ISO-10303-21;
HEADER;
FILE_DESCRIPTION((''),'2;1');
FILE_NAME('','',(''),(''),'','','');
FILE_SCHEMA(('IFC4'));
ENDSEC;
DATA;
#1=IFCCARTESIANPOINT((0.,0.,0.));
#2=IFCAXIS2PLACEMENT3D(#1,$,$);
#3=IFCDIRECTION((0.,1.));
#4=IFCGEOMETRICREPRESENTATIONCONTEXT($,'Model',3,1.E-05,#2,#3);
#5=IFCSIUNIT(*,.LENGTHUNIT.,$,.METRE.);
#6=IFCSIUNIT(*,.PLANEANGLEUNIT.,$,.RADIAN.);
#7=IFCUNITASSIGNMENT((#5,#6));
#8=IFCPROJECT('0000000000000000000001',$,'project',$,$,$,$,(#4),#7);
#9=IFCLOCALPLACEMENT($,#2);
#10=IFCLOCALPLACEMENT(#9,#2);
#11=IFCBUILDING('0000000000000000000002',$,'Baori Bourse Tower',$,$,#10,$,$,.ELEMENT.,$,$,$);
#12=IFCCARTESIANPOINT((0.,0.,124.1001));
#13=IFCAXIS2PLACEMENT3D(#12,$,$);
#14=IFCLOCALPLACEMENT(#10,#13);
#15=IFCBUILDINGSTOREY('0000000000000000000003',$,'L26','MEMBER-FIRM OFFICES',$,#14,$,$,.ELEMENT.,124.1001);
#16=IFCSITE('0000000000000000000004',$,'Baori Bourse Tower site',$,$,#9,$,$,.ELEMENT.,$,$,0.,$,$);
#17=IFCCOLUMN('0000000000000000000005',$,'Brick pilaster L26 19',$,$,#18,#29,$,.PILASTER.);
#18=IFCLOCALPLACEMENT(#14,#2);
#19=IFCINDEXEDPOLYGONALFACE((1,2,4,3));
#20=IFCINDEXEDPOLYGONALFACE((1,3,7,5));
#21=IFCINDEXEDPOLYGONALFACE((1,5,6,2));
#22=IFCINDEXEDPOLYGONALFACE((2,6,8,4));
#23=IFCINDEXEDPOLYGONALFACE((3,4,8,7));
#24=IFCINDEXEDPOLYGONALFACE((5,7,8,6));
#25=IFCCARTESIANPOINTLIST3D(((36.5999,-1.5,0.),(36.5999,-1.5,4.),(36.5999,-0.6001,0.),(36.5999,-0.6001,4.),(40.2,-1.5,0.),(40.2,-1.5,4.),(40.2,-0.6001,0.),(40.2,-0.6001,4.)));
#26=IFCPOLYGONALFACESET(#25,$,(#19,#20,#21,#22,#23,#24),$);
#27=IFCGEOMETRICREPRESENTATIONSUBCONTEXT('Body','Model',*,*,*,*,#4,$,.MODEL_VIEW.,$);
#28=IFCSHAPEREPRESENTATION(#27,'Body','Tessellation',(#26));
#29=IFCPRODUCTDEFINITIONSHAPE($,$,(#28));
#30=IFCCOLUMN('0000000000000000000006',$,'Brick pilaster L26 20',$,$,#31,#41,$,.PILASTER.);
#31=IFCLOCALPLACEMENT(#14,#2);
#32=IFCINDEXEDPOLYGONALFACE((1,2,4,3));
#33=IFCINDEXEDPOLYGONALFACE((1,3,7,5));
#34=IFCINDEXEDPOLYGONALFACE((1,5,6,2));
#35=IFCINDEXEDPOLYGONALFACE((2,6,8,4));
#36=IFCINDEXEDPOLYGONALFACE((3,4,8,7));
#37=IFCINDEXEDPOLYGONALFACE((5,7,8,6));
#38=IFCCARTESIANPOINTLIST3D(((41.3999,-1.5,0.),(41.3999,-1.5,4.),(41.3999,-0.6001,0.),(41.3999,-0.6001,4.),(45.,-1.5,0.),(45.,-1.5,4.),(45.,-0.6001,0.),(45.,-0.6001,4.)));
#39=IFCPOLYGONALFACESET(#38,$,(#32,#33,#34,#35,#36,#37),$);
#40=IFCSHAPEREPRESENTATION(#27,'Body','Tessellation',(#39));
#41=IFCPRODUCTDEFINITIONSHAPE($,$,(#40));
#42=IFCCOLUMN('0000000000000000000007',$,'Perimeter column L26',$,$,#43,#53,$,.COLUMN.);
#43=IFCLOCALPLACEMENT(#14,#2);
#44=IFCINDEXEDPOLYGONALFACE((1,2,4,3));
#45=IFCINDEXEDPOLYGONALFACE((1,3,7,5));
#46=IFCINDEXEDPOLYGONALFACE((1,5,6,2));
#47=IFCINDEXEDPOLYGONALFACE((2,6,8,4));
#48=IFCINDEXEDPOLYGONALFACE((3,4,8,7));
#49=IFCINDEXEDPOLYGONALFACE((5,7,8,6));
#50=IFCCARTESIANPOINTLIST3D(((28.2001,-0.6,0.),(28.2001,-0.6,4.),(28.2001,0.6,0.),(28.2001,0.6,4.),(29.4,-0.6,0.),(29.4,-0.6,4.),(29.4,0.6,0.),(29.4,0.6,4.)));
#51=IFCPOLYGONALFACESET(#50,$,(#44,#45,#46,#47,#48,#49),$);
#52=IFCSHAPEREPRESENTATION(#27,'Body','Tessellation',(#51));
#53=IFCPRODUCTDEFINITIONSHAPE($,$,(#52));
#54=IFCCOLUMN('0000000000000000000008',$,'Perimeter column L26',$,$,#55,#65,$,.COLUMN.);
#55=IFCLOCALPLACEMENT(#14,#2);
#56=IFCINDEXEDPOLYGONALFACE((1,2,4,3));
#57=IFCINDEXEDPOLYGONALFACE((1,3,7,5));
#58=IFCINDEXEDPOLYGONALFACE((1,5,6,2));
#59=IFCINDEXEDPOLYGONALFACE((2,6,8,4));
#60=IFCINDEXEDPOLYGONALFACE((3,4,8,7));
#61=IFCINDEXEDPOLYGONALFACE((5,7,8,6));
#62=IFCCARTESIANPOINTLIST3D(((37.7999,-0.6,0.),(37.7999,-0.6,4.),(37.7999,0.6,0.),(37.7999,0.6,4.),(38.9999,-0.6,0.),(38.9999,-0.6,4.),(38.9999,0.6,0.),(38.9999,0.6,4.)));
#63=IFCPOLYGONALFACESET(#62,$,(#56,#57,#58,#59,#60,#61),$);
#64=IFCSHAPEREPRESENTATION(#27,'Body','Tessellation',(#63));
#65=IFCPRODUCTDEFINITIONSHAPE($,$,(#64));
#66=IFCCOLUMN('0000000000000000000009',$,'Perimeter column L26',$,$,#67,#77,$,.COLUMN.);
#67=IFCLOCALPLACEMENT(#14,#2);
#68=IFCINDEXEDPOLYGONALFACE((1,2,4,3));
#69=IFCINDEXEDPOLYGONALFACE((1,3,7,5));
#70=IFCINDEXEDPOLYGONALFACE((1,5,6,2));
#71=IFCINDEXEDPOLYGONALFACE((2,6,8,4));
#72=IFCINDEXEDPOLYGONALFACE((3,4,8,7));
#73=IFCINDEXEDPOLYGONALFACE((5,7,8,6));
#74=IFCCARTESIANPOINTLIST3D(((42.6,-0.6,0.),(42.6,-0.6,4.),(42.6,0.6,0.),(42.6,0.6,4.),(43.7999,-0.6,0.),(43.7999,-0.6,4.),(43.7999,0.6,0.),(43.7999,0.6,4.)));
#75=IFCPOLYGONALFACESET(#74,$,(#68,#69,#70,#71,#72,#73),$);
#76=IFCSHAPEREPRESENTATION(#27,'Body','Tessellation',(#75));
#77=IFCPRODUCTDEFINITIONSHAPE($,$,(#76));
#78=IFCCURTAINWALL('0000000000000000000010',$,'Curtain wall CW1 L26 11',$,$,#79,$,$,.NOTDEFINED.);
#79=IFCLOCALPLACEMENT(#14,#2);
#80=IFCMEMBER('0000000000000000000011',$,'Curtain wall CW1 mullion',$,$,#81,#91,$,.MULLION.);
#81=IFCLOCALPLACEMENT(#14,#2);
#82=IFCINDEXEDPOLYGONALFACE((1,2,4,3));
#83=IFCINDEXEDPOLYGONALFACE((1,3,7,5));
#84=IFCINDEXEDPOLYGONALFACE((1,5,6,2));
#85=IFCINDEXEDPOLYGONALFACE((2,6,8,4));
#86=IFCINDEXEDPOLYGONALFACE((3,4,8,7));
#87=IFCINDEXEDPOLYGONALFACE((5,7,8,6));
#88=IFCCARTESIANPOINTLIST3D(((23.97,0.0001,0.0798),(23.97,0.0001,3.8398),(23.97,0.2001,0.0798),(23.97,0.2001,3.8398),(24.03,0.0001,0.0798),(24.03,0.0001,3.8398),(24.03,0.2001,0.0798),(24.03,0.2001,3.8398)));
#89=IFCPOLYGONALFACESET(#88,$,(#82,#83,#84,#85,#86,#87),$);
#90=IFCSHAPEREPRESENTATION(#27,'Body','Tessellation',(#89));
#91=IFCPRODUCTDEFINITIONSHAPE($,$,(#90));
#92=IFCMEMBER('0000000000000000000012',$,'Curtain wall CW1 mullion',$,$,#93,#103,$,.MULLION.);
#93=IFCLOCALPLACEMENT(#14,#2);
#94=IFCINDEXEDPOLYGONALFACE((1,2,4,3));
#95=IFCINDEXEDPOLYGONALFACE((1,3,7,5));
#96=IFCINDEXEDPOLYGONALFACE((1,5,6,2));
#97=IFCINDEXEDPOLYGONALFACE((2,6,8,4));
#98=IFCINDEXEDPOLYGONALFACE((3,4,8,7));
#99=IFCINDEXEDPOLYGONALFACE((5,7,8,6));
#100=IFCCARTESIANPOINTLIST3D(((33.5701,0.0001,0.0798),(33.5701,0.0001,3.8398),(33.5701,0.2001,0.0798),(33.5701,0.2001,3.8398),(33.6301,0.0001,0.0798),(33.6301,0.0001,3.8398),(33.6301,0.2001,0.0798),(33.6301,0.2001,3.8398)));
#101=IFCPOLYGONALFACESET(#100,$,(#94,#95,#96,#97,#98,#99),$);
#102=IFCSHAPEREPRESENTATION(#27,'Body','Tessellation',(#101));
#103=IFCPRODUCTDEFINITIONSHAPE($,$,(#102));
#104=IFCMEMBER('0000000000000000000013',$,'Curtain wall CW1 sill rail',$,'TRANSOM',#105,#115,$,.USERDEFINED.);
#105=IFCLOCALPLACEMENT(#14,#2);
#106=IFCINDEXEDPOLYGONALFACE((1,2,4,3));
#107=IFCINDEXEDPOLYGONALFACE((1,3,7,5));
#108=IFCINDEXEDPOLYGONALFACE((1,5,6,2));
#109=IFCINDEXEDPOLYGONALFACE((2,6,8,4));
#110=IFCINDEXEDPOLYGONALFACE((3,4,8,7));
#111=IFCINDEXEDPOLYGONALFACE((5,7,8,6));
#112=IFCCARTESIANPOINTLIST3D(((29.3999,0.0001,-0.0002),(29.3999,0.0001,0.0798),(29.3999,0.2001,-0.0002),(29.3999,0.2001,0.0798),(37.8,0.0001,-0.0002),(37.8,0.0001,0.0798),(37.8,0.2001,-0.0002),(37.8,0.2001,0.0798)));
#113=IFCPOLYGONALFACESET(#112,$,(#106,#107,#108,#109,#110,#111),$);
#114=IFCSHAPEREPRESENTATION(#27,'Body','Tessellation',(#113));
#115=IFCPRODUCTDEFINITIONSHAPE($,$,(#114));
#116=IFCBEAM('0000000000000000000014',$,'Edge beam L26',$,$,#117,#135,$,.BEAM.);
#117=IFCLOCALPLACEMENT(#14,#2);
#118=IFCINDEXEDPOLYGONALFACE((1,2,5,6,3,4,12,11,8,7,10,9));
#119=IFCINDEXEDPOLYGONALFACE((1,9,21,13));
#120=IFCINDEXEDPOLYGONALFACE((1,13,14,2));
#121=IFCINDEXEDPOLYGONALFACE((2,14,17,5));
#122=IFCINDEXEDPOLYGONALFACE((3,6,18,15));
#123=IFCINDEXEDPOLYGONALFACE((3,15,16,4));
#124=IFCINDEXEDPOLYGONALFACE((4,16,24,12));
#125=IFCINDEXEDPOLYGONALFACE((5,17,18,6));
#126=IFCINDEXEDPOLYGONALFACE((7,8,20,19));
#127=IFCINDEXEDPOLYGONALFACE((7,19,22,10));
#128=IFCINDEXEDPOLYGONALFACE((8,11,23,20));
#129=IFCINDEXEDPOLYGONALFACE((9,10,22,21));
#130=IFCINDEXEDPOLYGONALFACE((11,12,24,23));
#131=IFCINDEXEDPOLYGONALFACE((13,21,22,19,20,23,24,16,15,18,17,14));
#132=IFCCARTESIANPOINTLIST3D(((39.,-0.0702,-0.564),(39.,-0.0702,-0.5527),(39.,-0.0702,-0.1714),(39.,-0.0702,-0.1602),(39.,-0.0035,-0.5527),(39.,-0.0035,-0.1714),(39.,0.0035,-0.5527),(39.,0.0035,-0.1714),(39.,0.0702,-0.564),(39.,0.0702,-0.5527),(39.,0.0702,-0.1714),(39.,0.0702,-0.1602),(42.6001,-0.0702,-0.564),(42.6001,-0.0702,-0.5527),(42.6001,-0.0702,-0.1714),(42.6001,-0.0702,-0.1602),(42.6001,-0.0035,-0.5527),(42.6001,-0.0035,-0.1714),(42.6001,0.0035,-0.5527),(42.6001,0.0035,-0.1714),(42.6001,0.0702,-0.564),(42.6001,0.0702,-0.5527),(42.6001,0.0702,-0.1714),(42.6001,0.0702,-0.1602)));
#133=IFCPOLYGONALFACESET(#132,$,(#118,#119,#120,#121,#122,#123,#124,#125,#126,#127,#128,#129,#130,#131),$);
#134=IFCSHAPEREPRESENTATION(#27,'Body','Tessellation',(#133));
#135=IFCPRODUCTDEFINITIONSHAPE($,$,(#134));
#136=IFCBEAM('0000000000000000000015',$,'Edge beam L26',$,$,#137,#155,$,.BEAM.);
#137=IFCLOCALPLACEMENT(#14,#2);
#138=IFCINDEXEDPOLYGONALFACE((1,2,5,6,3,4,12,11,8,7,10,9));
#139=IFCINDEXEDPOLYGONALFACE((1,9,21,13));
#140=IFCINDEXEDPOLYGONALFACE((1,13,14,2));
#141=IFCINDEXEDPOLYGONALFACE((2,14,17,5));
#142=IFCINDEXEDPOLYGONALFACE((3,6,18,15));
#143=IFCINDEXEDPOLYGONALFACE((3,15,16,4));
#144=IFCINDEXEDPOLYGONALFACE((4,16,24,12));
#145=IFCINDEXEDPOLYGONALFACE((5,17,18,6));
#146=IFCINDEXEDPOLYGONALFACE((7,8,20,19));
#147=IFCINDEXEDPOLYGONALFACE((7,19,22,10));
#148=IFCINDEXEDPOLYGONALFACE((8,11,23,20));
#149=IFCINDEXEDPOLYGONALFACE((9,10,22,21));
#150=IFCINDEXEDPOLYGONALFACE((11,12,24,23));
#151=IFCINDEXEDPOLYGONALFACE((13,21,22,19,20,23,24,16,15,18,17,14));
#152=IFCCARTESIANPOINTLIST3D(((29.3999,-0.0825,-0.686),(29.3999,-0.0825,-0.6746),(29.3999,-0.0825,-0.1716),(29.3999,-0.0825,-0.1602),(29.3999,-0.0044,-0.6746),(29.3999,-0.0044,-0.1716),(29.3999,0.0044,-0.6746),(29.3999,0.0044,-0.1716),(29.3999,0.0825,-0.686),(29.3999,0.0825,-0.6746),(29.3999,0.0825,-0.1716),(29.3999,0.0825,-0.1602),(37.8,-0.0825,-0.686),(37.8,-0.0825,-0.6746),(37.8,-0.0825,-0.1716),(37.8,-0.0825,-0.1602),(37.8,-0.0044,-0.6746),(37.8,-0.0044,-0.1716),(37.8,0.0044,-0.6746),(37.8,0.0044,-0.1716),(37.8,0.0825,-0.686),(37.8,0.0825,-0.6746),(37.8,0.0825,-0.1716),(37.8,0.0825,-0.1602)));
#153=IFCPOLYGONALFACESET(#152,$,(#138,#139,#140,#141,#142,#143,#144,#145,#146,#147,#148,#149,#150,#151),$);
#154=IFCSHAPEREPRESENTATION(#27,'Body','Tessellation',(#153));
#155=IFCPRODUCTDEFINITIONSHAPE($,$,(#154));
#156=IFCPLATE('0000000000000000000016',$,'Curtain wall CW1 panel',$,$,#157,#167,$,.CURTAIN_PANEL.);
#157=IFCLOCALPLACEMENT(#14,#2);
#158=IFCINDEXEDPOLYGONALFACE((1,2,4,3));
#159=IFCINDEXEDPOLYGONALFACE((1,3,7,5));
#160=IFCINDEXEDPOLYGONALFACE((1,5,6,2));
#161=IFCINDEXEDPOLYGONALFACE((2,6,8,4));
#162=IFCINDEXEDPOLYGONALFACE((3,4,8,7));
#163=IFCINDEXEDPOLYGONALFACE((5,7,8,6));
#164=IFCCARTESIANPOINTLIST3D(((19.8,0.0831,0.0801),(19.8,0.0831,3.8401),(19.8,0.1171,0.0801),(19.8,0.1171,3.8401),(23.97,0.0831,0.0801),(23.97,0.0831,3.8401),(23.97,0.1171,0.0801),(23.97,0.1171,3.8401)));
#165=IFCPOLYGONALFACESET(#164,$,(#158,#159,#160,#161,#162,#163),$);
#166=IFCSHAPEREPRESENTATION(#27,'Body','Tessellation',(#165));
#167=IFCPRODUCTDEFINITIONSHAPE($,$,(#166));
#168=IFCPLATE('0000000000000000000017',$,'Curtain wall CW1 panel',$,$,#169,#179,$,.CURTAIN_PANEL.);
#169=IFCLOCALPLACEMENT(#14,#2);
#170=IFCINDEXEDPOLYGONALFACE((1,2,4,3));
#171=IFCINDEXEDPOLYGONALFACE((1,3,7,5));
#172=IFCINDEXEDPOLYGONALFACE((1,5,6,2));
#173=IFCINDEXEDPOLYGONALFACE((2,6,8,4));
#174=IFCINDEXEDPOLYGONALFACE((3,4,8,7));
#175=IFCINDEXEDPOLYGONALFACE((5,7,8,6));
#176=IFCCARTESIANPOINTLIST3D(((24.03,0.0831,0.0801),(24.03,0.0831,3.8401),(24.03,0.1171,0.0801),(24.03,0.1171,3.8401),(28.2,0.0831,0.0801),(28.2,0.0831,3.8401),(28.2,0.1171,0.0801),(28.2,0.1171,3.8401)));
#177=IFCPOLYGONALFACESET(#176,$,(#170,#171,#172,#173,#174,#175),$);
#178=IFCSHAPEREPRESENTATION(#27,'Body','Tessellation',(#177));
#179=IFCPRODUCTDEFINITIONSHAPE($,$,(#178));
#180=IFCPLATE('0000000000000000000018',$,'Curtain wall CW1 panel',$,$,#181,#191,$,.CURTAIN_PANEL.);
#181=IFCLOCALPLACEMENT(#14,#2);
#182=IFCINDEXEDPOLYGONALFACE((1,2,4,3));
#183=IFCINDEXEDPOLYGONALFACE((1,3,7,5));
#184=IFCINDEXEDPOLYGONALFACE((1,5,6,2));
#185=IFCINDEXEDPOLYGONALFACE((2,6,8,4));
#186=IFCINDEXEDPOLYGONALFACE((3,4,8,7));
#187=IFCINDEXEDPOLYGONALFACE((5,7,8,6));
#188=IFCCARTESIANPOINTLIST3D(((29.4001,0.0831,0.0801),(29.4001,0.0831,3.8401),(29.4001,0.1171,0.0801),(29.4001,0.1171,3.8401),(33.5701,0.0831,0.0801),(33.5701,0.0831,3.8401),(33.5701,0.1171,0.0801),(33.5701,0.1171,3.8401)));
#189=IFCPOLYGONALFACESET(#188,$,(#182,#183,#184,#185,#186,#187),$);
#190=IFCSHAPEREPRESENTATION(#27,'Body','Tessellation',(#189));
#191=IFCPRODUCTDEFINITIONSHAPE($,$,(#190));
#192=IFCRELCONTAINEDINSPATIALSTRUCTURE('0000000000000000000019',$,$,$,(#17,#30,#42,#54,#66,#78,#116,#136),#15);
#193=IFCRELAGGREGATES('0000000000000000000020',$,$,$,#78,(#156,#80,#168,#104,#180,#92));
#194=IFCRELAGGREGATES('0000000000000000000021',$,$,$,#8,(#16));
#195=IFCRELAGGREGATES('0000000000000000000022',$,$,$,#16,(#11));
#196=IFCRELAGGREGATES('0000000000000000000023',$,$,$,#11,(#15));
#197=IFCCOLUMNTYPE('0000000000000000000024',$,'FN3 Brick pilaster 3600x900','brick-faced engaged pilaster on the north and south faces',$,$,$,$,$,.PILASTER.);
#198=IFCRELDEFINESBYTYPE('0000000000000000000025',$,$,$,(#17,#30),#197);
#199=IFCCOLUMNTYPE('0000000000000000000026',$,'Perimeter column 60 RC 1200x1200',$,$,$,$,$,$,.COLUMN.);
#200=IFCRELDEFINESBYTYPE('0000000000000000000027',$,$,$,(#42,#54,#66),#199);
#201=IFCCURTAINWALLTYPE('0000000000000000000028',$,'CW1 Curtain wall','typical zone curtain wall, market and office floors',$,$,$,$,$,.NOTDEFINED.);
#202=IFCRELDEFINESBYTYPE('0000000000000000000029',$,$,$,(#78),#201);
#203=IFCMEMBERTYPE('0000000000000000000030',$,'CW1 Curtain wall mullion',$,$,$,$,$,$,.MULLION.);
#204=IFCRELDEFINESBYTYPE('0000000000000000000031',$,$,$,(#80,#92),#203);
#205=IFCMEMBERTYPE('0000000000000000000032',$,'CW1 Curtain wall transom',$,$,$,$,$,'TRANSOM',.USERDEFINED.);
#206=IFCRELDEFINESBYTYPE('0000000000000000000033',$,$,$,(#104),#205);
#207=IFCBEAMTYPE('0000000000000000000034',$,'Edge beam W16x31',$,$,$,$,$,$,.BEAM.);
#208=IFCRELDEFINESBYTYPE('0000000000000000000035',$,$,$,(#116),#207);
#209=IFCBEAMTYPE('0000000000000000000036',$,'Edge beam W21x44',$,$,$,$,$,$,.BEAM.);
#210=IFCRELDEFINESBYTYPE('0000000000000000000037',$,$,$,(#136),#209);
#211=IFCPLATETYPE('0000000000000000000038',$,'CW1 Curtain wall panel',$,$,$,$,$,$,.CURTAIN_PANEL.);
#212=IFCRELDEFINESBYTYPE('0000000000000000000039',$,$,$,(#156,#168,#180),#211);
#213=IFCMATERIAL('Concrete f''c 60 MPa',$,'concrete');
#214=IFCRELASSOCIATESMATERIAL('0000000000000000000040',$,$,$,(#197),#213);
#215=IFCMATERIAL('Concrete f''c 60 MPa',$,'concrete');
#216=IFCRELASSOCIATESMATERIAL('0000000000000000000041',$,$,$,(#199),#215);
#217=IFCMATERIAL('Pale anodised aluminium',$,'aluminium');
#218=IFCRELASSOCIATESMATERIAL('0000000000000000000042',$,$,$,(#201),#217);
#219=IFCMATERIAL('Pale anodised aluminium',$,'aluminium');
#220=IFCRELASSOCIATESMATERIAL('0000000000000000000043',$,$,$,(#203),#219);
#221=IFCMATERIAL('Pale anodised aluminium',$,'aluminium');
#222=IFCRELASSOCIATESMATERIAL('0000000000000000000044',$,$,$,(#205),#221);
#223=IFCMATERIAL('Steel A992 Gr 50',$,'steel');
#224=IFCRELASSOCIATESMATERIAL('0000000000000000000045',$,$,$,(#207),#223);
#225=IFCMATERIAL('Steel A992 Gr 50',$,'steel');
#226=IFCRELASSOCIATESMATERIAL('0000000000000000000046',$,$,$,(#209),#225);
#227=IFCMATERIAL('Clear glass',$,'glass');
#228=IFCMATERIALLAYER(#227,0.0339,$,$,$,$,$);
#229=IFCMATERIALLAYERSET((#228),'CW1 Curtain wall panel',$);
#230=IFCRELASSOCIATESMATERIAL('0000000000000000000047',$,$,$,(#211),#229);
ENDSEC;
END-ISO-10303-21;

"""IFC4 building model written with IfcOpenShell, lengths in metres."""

from ifc_helpers import new_model, si_unit, direction, frame, origin, origin_2d, place, context, subcontext, project, spatial, rectangle, i_section, extrude, material, layer, layer_set, material_profile, profile_set, type_object, element, aggregate, save


model = new_model("IFC4")

# Units and contexts
model_context = context("Model", 3, precision=1e-05, world=origin(), true_north=direction((0.0, 1.0)))
body_context = subcontext(model_context, "Body", "Model", "MODEL_VIEW")
ifc_project = project(units=[si_unit("LENGTHUNIT", "METRE"), si_unit("PLANEANGLEUNIT", "RADIAN")], contexts=[model_context])

# Site, building, storey
site_placement = place(None, origin())
site = spatial("IfcSite", under=ifc_project, at=site_placement, Name="Baori Bourse Tower site", CompositionType="ELEMENT", RefElevation=0.0)
building_placement = place(site_placement, origin())
building = spatial("IfcBuilding", under=site, at=building_placement, Name="Baori Bourse Tower", CompositionType="ELEMENT")
storey_placement = place(building_placement, frame((0.0, 0.0, 124.1001)))
storey = spatial("IfcBuildingStorey", under=building, at=storey_placement, Name="L26", Description="MEMBER-FIRM OFFICES", CompositionType="ELEMENT", Elevation=124.1001)

# Columns
ifc_material_1 = material(Name="Concrete f'c 60 MPa", Category="concrete")
ifc_material_profile_1 = material_profile(ifc_material_1, rectangle(XDim=3.6001, YDim=0.8999, at=origin_2d()), Name="RC 3600x900")
ifc_profile_set_1 = profile_set([ifc_material_profile_1], Name="Concrete f'c 60 MPa")
column_type_1 = type_object("IfcColumnType", Name="FN3 Brick pilaster 3600x900", Description="brick-faced engaged pilaster on the north and south faces", PredefinedType="PILASTER", material=ifc_profile_set_1)
for number, where, z_axis, x_axis, name in (
    (1, (38.3999, -1.05, 0.0), (0.0, 0.0, 1.0), (1.0, 0.0, 0.0), "Brick pilaster L26 19"),
    (2, (43.2, -1.05, 0.0), (0.0, 0.0, 1.0), (1.0, 0.0, 0.0), "Brick pilaster L26 20"),
):
    element("IfcColumn", number, at=place(storey_placement, frame(where, z_axis=z_axis, x_axis=x_axis)), inside=storey, type_object=column_type_1, Name=name, PredefinedType="PILASTER", context=body_context, shape_type="SweptSolid", body=[
        extrude(rectangle(XDim=3.6001, YDim=0.8999, at=origin_2d()), origin(), (0.0, 0.0, 1.0), 4.0),
    ])
ifc_material_2 = material(Name="Concrete f'c 60 MPa", Category="concrete")
ifc_material_profile_2 = material_profile(ifc_material_2, rectangle(XDim=1.2, YDim=1.2, at=origin_2d()), Name="RC 1200x1200")
ifc_profile_set_2 = profile_set([ifc_material_profile_2], Name="Concrete f'c 60 MPa")
column_type_2 = type_object("IfcColumnType", Name="Perimeter column 60 RC 1200x1200", PredefinedType="COLUMN", material=ifc_profile_set_2)
for number, where, z_axis, x_axis, name in (
    (3, (28.8, 0.0, 0.0), (0.0, 0.0, 1.0), (1.0, 0.0, 0.0), "Perimeter column L26"),
    (4, (38.3999, 0.0, 0.0), (0.0, 0.0, 1.0), (1.0, 0.0, 0.0), "Perimeter column L26"),
    (5, (43.2, 0.0, 0.0), (0.0, 0.0, 1.0), (1.0, 0.0, 0.0), "Perimeter column L26"),
):
    element("IfcColumn", number, at=place(storey_placement, frame(where, z_axis=z_axis, x_axis=x_axis)), inside=storey, type_object=column_type_2, Name=name, PredefinedType="COLUMN", context=body_context, shape_type="SweptSolid", body=[
        extrude(rectangle(XDim=1.2, YDim=1.2, at=origin_2d()), origin(), (0.0, 0.0, 1.0), 4.0),
    ])

# Curtain wall, members
ifc_material_3 = material(Name="Pale anodised aluminium", Category="aluminium")
curtain_wall_type = type_object("IfcCurtainWallType", Name="CW1 Curtain wall", Description="typical zone curtain wall, market and office floors", PredefinedType="NOTDEFINED", material=ifc_material_3)
curtain_wall_placement = place(storey_placement, origin())
curtain_wall = element("IfcCurtainWall", 6, at=curtain_wall_placement, inside=storey, type_object=curtain_wall_type, Name="Curtain wall CW1 L26 11", PredefinedType="NOTDEFINED")
ifc_material_4 = material(Name="Pale anodised aluminium", Category="aluminium")
ifc_material_profile_3 = material_profile(ifc_material_4, rectangle(XDim=0.2, YDim=0.0601, at=origin_2d()), Name="Mullion 60x200")
ifc_profile_set_3 = profile_set([ifc_material_profile_3], Name="Pale anodised aluminium")
member_type_1 = type_object("IfcMemberType", Name="CW1 Curtain wall mullion", PredefinedType="MULLION", material=ifc_profile_set_3)
member_1_placement = place(storey_placement, frame((24.0, 0.1001, 0.0798), z_axis=(0.0, 0.0, 1.0), x_axis=(0.0, 1.0, 0.0)))
member_1 = element("IfcMember", 7, at=member_1_placement, type_object=member_type_1, Name="Curtain wall CW1 mullion", PredefinedType="MULLION", context=body_context, shape_type="SweptSolid", body=[
    extrude(rectangle(XDim=0.2, YDim=0.0601, at=origin_2d()), origin(), (0.0, 0.0, 1.0), 3.76),
])
member_2_placement = place(storey_placement, frame((33.6001, 0.1001, 0.0798), z_axis=(0.0, 0.0, 1.0), x_axis=(0.0, 1.0, 0.0)))
member_2 = element("IfcMember", 8, at=member_2_placement, type_object=member_type_1, Name="Curtain wall CW1 mullion", PredefinedType="MULLION", context=body_context, shape_type="SweptSolid", body=[
    extrude(rectangle(XDim=0.2, YDim=0.0601, at=origin_2d()), origin(), (0.0, 0.0, 1.0), 3.76),
])
ifc_material_5 = material(Name="Pale anodised aluminium", Category="aluminium")
ifc_material_profile_4 = material_profile(ifc_material_5, rectangle(XDim=0.2, YDim=0.0801, at=origin_2d()), Name="Transom 80x200")
ifc_profile_set_4 = profile_set([ifc_material_profile_4], Name="Pale anodised aluminium")
member_type_2 = type_object("IfcMemberType", Name="CW1 Curtain wall transom", ElementType="TRANSOM", PredefinedType="USERDEFINED", material=ifc_profile_set_4)
member_3_placement = place(storey_placement, frame((29.3999, 0.1001, 0.0398), z_axis=(1.0, 0.0, 0.0), x_axis=(0.0, 1.0, 0.0)))
member_3 = element("IfcMember", 9, at=member_3_placement, type_object=member_type_2, Name="Curtain wall CW1 sill rail", ObjectType="TRANSOM", PredefinedType="USERDEFINED", context=body_context, shape_type="SweptSolid", body=[
    extrude(rectangle(XDim=0.2, YDim=0.0801, at=origin_2d()), origin(), (0.0, 0.0, 1.0), 8.4001),
])

# Beams
ifc_material_6 = material(Name="Steel A992 Gr 50", Category="steel")
ifc_material_profile_5 = material_profile(ifc_material_6, i_section(OverallWidth=0.1404, OverallDepth=0.4038, WebThickness=0.0071, FlangeThickness=0.0112, at=origin_2d()), Name="W16x31")
ifc_profile_set_5 = profile_set([ifc_material_profile_5], Name="Steel A992 Gr 50")
beam_type_1 = type_object("IfcBeamType", Name="Edge beam W16x31", PredefinedType="BEAM", material=ifc_profile_set_5)
beam_1_placement = place(storey_placement, frame((39.0, 0.0, -0.3621), z_axis=(1.0, 0.0, 0.0), x_axis=(0.0, 1.0, 0.0)))
element("IfcBeam", 10, at=beam_1_placement, inside=storey, type_object=beam_type_1, Name="Edge beam L26", PredefinedType="BEAM", context=body_context, shape_type="SweptSolid", body=[
    extrude(i_section(OverallWidth=0.1404, OverallDepth=0.4038, WebThickness=0.0071, FlangeThickness=0.0112, at=origin_2d()), origin(), (0.0, 0.0, 1.0), 3.6001),
])
ifc_material_7 = material(Name="Steel A992 Gr 50", Category="steel")
ifc_material_profile_6 = material_profile(ifc_material_7, i_section(OverallWidth=0.165, OverallDepth=0.5259, WebThickness=0.0088, FlangeThickness=0.0115, at=origin_2d()), Name="W21x44")
ifc_profile_set_6 = profile_set([ifc_material_profile_6], Name="Steel A992 Gr 50")
beam_type_2 = type_object("IfcBeamType", Name="Edge beam W21x44", PredefinedType="BEAM", material=ifc_profile_set_6)
beam_2_placement = place(storey_placement, frame((29.3999, 0.0, -0.4231), z_axis=(1.0, 0.0, 0.0), x_axis=(0.0, 1.0, 0.0)))
element("IfcBeam", 11, at=beam_2_placement, inside=storey, type_object=beam_type_2, Name="Edge beam L26", PredefinedType="BEAM", context=body_context, shape_type="SweptSolid", body=[
    extrude(i_section(OverallWidth=0.165, OverallDepth=0.5259, WebThickness=0.0088, FlangeThickness=0.0115, at=origin_2d()), origin(), (0.0, 0.0, 1.0), 8.4001),
])

# Plates
ifc_material_8 = material(Name="Clear glass", Category="glass")
ifc_layer = layer(ifc_material_8, 0.0339)
ifc_layer_set = layer_set([ifc_layer], Name="CW1 Curtain wall panel")
plate_type = type_object("IfcPlateType", Name="CW1 Curtain wall panel", PredefinedType="CURTAIN_PANEL", material=ifc_layer_set)
plate_1_placement = place(storey_placement, frame((21.885, 0.1001, 0.0801), z_axis=(0.0, 0.0, 1.0), x_axis=(1.0, 0.0, 0.0)))
plate_1 = element("IfcPlate", 12, at=plate_1_placement, type_object=plate_type, Name="Curtain wall CW1 panel", PredefinedType="CURTAIN_PANEL", context=body_context, shape_type="SweptSolid", body=[
    extrude(rectangle(XDim=4.1699, YDim=0.0339, at=origin_2d()), origin(), (0.0, 0.0, 1.0), 3.76),
])
plate_2_placement = place(storey_placement, frame((26.115, 0.1001, 0.0801), z_axis=(0.0, 0.0, 1.0), x_axis=(1.0, 0.0, 0.0)))
plate_2 = element("IfcPlate", 13, at=plate_2_placement, type_object=plate_type, Name="Curtain wall CW1 panel", PredefinedType="CURTAIN_PANEL", context=body_context, shape_type="SweptSolid", body=[
    extrude(rectangle(XDim=4.1699, YDim=0.0339, at=origin_2d()), origin(), (0.0, 0.0, 1.0), 3.76),
])
plate_3_placement = place(storey_placement, frame((31.4851, 0.1001, 0.0801), z_axis=(0.0, 0.0, 1.0), x_axis=(1.0, 0.0, 0.0)))
plate_3 = element("IfcPlate", 14, at=plate_3_placement, type_object=plate_type, Name="Curtain wall CW1 panel", PredefinedType="CURTAIN_PANEL", context=body_context, shape_type="SweptSolid", body=[
    extrude(rectangle(XDim=4.1699, YDim=0.0339, at=origin_2d()), origin(), (0.0, 0.0, 1.0), 3.76),
])
aggregate(curtain_wall, [plate_1, member_1, plate_2, member_3, plate_3, member_2])

save(model, "model.ifc")
